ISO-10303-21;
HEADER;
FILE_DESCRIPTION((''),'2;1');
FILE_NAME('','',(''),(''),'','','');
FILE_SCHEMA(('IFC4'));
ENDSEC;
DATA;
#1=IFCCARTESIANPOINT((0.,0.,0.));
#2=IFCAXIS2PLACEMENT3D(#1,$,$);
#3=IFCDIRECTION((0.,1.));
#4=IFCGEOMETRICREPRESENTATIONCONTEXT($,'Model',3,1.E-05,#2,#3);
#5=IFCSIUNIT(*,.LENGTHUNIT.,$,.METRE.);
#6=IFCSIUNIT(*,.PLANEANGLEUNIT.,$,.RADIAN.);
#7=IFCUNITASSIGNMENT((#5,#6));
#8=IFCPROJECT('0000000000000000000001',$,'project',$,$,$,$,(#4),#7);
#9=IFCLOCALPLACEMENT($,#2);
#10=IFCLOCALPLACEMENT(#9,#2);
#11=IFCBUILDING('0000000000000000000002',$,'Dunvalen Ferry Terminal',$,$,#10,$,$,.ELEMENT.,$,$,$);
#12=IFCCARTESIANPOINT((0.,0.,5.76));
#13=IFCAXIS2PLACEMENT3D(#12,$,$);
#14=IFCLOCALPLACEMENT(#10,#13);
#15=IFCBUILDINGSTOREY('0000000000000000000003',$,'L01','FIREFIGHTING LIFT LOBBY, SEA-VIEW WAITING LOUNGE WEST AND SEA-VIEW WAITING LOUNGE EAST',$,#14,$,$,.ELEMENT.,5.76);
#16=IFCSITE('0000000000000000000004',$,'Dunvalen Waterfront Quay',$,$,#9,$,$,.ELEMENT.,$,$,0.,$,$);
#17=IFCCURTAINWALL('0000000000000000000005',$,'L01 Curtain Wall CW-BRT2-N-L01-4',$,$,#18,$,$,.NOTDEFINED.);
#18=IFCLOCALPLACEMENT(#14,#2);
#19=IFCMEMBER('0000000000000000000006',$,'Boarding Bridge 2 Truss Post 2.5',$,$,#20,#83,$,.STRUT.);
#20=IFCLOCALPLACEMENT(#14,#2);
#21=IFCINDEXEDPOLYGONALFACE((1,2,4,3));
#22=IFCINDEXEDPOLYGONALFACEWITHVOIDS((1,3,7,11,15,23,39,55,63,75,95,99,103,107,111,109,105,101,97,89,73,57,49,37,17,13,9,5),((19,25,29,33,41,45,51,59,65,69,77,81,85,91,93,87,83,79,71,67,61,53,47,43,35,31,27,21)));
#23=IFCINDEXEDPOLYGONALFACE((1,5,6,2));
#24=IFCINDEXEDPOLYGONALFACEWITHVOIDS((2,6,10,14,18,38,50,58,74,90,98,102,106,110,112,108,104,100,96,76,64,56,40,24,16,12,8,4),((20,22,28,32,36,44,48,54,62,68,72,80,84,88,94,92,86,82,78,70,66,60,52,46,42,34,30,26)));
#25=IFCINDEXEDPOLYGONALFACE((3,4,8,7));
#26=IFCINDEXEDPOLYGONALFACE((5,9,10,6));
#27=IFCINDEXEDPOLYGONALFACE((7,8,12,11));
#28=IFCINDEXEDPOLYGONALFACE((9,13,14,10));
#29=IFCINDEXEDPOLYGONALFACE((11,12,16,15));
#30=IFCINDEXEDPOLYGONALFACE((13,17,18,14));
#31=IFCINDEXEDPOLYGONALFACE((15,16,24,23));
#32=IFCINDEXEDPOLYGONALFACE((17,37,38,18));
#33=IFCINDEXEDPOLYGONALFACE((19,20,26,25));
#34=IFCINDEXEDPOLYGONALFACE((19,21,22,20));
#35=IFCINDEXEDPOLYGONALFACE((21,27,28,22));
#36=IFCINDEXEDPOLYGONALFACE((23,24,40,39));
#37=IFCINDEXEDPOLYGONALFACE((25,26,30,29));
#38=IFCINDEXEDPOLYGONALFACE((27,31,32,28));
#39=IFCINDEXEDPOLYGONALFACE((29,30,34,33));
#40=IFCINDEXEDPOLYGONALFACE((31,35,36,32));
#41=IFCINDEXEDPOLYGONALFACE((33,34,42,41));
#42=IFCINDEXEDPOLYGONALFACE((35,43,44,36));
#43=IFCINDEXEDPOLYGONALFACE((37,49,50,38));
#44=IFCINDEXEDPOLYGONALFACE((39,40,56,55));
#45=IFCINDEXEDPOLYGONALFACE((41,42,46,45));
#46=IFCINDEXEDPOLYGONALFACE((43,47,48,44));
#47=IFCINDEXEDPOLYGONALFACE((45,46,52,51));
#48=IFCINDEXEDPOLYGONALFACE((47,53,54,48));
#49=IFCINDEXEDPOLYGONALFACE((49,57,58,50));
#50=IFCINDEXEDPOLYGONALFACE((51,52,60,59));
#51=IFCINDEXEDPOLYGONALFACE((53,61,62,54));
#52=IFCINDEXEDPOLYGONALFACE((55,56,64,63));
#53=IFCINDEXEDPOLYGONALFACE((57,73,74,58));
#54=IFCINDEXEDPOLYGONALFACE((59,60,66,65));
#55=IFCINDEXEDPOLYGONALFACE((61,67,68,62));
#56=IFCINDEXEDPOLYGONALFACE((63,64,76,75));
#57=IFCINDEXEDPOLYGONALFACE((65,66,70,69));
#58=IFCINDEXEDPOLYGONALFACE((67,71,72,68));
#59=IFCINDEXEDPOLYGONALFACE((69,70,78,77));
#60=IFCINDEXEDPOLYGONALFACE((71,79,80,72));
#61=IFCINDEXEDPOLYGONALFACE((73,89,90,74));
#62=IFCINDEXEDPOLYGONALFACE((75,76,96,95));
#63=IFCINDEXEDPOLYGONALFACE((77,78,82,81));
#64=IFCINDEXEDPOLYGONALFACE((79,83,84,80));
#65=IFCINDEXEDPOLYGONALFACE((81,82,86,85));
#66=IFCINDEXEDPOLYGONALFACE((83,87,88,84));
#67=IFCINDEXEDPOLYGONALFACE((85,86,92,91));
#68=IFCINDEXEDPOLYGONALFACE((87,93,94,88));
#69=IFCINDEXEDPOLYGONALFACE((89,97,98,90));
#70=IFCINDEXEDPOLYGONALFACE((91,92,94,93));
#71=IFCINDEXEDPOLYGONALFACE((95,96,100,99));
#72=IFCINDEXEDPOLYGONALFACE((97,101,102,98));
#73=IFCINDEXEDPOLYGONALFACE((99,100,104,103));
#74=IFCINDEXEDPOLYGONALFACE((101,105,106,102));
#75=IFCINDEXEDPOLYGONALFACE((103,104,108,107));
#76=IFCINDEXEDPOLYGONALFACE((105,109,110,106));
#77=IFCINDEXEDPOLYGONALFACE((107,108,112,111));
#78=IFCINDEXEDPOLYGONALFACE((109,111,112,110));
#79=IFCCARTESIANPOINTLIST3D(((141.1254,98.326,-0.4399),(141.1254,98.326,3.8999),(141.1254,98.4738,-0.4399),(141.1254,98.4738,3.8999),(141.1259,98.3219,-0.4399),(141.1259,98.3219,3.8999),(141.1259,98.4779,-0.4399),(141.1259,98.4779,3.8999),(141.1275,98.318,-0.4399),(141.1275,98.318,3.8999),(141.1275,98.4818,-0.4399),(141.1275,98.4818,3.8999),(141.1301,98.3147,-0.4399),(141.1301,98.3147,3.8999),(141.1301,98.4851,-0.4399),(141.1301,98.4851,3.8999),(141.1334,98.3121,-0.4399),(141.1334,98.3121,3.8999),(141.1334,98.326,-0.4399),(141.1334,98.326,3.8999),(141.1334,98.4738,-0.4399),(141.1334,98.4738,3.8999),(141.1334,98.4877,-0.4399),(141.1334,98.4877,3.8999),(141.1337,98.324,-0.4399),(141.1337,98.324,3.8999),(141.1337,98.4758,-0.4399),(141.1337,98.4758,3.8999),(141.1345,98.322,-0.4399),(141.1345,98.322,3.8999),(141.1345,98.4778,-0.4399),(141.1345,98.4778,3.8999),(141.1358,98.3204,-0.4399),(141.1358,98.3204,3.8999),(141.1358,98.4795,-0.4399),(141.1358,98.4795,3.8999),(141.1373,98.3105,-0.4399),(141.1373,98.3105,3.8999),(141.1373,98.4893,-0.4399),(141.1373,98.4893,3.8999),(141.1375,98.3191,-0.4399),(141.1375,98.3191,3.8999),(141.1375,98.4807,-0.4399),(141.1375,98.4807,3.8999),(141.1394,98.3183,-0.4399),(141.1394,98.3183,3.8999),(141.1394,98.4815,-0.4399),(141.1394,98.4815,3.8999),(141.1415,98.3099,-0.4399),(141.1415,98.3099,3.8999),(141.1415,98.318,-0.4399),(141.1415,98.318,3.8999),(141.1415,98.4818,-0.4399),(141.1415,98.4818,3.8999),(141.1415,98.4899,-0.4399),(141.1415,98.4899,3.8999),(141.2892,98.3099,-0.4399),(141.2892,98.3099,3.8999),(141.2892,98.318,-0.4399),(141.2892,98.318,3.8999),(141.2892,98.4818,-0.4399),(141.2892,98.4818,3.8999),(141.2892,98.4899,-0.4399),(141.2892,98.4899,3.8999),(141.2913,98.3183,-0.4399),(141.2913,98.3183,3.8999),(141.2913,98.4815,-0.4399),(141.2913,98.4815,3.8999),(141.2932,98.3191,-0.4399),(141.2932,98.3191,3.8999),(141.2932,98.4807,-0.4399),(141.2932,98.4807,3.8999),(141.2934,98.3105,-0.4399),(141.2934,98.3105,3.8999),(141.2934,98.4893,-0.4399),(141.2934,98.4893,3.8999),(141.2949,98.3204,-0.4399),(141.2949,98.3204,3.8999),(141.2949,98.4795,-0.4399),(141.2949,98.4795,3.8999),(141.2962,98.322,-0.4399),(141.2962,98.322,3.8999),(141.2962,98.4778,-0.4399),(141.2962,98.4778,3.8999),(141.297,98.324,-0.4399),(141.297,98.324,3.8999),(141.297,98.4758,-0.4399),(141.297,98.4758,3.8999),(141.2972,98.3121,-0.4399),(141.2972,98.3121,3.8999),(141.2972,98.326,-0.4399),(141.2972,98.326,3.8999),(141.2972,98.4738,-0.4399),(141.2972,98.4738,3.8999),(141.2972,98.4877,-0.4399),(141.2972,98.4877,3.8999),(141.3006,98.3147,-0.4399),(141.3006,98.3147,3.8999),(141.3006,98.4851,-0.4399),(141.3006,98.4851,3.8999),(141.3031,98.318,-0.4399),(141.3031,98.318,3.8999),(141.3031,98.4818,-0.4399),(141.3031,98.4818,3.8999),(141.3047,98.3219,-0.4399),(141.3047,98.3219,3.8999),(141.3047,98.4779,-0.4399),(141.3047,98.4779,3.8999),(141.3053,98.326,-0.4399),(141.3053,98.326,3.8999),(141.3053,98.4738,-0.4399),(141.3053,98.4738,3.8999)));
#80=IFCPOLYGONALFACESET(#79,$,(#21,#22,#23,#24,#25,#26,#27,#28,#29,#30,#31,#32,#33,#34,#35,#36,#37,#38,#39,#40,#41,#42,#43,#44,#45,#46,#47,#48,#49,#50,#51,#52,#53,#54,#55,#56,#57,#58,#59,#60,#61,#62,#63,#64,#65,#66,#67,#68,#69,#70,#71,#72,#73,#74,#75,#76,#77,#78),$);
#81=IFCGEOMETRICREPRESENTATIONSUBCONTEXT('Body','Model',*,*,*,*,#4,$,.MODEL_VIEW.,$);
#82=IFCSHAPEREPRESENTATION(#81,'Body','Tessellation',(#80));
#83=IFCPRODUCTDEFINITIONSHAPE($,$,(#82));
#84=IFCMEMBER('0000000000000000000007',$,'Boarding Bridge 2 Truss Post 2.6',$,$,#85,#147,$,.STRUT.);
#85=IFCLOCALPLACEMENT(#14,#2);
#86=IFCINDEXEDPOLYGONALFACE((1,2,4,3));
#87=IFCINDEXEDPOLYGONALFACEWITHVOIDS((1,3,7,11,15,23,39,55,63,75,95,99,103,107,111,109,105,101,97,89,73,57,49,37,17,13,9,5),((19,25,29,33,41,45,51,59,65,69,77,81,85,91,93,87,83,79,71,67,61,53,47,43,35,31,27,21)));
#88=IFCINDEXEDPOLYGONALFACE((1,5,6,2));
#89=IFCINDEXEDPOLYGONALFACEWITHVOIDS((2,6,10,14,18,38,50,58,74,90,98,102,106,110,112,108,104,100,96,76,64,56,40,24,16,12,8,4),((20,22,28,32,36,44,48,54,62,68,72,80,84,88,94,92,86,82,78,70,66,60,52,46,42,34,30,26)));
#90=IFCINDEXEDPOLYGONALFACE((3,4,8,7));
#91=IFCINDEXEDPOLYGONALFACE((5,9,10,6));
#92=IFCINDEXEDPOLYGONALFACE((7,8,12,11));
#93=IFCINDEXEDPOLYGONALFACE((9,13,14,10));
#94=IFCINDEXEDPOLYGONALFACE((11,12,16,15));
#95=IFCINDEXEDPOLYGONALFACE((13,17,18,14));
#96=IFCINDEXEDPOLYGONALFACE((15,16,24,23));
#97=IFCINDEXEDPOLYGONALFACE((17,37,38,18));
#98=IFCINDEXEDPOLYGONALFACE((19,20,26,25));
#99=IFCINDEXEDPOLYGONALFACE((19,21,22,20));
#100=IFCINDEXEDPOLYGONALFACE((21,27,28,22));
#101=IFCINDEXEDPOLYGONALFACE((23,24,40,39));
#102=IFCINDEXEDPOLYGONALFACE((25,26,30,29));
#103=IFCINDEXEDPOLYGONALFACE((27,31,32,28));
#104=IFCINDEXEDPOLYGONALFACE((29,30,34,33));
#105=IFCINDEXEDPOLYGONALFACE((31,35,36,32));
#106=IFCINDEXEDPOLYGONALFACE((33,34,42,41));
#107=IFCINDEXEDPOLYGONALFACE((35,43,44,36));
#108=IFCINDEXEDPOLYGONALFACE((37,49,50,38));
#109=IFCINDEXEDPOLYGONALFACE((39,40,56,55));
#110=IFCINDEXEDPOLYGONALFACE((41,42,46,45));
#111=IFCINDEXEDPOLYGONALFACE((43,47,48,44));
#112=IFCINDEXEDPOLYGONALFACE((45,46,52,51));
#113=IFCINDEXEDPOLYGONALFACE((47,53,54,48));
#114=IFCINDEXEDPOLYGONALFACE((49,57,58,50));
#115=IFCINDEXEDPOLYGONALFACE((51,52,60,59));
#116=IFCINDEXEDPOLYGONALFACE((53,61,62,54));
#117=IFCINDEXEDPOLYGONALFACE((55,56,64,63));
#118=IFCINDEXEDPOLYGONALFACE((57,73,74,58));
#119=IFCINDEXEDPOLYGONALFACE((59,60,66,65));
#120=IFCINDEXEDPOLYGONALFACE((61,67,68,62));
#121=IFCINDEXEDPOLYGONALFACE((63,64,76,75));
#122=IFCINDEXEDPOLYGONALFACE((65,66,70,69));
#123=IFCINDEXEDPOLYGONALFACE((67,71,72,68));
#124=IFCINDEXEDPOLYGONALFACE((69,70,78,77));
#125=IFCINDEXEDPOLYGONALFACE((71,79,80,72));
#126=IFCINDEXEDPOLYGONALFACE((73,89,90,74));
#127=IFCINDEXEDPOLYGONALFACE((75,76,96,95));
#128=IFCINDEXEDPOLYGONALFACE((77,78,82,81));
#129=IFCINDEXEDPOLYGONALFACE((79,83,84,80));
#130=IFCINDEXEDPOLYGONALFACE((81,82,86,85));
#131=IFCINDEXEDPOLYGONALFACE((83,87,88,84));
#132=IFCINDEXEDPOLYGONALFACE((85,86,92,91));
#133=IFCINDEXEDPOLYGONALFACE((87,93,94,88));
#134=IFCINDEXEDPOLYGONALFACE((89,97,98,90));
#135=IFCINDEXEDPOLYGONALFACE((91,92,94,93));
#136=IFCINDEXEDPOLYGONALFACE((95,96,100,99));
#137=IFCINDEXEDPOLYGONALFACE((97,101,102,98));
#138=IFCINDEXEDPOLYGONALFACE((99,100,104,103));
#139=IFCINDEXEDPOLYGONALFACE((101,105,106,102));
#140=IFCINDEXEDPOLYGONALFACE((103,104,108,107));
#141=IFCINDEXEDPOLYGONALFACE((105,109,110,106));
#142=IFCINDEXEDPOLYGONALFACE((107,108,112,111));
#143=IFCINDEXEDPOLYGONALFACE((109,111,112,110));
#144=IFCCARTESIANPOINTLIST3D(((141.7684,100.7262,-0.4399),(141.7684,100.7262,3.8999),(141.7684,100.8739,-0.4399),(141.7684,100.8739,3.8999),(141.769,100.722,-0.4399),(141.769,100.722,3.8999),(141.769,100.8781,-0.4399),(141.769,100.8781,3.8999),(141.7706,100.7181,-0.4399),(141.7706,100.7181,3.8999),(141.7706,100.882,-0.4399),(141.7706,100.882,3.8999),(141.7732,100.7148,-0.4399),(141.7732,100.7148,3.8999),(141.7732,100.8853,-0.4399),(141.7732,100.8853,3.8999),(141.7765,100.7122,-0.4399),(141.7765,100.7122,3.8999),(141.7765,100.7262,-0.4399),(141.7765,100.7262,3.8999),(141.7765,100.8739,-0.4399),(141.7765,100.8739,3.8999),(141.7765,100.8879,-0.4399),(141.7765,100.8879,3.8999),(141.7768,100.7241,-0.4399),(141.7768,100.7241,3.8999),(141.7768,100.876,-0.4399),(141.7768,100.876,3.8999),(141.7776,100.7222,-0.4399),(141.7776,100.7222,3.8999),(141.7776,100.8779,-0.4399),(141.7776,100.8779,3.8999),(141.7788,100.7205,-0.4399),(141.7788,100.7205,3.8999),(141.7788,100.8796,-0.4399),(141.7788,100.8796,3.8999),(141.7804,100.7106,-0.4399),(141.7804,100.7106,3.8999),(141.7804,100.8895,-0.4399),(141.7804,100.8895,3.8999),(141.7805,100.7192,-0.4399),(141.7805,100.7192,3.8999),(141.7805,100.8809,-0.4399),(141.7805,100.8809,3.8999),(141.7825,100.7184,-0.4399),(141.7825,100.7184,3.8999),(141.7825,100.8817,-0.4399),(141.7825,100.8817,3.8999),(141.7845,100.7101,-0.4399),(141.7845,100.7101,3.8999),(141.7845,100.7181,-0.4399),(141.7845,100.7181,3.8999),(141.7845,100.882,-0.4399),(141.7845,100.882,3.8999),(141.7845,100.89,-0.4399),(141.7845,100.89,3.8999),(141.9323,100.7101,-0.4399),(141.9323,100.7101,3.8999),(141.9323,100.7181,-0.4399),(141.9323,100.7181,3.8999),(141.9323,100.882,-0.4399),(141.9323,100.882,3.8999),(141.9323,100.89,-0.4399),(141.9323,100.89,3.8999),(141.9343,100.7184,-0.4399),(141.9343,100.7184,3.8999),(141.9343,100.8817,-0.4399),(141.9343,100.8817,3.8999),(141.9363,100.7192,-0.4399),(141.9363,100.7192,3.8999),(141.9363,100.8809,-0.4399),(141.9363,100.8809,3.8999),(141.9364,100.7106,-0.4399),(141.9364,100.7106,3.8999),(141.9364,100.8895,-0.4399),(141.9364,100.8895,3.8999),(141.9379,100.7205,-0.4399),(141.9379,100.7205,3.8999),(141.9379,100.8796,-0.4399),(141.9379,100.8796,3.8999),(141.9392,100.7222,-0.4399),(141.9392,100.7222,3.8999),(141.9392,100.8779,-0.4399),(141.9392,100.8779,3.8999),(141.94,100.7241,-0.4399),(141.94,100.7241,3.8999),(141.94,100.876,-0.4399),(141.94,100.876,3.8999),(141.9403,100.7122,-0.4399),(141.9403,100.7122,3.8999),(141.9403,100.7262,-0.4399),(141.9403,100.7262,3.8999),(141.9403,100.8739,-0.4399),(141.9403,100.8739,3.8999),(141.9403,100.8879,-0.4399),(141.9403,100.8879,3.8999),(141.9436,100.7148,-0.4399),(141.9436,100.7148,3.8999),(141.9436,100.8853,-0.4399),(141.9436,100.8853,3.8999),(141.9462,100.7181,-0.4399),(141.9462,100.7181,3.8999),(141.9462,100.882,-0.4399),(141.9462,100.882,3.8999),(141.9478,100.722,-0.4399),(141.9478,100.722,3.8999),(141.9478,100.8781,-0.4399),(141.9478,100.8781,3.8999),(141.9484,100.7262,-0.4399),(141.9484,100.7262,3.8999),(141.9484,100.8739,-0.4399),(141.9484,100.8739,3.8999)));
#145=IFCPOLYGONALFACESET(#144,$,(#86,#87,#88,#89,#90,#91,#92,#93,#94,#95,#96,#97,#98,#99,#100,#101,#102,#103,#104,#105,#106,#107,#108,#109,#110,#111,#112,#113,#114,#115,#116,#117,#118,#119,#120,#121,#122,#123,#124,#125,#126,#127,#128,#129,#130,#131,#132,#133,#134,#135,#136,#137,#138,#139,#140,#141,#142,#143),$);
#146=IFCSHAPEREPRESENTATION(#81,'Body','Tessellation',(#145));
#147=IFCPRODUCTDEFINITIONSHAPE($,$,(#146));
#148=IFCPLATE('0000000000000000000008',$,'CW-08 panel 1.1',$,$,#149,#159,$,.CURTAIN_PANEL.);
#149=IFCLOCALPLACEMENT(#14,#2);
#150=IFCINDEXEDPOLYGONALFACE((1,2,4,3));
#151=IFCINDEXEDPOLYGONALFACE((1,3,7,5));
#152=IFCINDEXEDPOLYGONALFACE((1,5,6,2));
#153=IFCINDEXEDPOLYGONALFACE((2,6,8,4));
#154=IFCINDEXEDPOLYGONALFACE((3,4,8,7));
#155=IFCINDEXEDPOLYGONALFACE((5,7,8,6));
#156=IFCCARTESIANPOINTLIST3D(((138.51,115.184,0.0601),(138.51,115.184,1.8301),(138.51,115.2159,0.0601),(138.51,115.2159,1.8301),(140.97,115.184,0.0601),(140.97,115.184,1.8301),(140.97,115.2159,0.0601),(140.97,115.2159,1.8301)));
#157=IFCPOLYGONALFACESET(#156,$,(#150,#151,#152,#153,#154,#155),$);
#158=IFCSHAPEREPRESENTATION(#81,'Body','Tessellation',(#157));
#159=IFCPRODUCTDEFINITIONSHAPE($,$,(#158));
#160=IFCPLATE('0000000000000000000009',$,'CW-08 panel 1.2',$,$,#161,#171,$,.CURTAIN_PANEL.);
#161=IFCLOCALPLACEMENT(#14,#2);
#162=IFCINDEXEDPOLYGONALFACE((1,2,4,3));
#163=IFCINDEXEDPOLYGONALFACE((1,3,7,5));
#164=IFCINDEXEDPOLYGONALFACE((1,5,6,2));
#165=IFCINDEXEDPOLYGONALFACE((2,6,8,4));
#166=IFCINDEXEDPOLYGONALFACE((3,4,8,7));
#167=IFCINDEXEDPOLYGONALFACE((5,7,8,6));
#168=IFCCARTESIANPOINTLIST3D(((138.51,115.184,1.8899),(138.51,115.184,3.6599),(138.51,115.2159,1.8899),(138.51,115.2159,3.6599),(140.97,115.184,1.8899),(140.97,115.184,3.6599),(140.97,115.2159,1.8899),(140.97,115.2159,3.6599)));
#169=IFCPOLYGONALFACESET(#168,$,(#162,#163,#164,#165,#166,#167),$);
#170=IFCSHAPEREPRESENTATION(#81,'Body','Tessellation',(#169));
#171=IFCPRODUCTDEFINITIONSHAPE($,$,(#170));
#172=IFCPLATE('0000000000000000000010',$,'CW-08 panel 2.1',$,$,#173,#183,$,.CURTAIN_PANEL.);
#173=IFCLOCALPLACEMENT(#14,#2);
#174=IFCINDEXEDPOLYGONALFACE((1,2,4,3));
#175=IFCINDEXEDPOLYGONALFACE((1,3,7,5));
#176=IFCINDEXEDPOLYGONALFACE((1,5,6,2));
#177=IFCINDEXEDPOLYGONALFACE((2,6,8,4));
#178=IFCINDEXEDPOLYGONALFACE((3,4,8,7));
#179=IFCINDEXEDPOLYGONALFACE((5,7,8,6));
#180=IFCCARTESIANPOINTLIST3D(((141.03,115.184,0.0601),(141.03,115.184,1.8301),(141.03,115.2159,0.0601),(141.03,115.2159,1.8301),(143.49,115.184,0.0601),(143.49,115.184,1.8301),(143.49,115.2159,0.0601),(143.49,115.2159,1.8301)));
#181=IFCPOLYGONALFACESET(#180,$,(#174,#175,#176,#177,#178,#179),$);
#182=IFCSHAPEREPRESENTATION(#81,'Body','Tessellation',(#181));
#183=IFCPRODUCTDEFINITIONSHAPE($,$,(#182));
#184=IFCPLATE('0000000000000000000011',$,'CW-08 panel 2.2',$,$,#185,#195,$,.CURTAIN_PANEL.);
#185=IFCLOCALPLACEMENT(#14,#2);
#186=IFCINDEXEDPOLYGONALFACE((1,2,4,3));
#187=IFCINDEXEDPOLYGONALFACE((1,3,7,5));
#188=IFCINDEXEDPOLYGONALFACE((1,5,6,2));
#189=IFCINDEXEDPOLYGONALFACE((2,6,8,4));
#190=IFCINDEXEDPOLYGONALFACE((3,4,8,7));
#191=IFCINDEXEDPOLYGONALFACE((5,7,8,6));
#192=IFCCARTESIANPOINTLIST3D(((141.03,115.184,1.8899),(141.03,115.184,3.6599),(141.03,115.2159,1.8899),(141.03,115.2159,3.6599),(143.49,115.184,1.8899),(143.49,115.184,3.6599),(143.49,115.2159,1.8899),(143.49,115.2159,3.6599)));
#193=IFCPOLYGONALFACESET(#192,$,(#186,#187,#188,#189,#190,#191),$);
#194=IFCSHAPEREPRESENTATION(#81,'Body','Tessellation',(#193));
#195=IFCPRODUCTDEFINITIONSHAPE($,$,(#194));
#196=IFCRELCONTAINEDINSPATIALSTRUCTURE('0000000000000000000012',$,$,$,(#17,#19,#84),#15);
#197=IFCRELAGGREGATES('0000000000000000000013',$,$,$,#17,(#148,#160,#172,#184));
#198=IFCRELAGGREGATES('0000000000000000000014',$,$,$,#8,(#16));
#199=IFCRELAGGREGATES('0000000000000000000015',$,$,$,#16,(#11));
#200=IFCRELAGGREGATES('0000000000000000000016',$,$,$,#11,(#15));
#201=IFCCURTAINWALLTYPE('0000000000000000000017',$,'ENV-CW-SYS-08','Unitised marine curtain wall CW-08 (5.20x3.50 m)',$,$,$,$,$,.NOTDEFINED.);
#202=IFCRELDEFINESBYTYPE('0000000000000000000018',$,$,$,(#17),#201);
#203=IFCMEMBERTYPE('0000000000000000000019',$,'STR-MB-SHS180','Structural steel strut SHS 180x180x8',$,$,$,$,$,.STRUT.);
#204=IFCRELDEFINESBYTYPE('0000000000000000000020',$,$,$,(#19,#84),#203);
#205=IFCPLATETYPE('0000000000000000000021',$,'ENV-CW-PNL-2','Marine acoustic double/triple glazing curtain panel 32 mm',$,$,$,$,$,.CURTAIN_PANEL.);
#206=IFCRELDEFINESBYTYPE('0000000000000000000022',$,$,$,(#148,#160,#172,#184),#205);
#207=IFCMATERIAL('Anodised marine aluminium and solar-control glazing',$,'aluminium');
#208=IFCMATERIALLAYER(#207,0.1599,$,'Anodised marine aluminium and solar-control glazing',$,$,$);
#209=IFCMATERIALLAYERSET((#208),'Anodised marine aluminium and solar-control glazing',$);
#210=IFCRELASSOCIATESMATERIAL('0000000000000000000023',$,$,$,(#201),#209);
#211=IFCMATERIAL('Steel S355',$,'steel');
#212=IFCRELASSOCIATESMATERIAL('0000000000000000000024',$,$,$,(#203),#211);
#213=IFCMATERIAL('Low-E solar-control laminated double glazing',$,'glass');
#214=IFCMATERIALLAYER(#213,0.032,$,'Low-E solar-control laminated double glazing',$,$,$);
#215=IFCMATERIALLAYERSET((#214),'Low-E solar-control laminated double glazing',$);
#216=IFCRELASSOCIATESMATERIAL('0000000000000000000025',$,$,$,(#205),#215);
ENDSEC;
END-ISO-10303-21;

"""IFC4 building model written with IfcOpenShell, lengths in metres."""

from ifc_helpers import new_model, si_unit, direction, frame, origin, origin_2d, place, context, subcontext, project, spatial, rectangle, hollow_rectangle, extrude, material, layer, layer_set, material_profile, profile_set, type_object, element, aggregate, save


model = new_model("IFC4")

# Units and contexts
model_context = context("Model", 3, precision=1e-05, world=origin(), true_north=direction((0.0, 1.0)))
body_context = subcontext(model_context, "Body", "Model", "MODEL_VIEW")
ifc_project = project(units=[si_unit("LENGTHUNIT", "METRE"), si_unit("PLANEANGLEUNIT", "RADIAN")], contexts=[model_context])

# Site, building, storey
site_placement = place(None, origin())
site = spatial("IfcSite", under=ifc_project, at=site_placement, Name="Dunvalen Waterfront Quay", CompositionType="ELEMENT", RefElevation=0.0)
building_placement = place(site_placement, origin())
building = spatial("IfcBuilding", under=site, at=building_placement, Name="Dunvalen Ferry Terminal", CompositionType="ELEMENT")
storey_placement = place(building_placement, frame((0.0, 0.0, 5.76)))
storey = spatial("IfcBuildingStorey", under=building, at=storey_placement, Name="L01", Description="FIREFIGHTING LIFT LOBBY, SEA-VIEW WAITING LOUNGE WEST AND SEA-VIEW WAITING LOUNGE EAST", CompositionType="ELEMENT", Elevation=5.76)

# Curtain wall
ifc_material_1 = material(Name="Anodised marine aluminium and solar-control glazing", Category="aluminium")
ifc_layer_1 = layer(ifc_material_1, 0.1599, Name="Anodised marine aluminium and solar-control glazing")
ifc_layer_set_1 = layer_set([ifc_layer_1], Name="Anodised marine aluminium and solar-control glazing")
curtain_wall_type_1 = type_object("IfcCurtainWallType", Name="ENV-CW-SYS-08", Description="Unitised marine curtain wall CW-08 (5.20x3.50 m)", PredefinedType="NOTDEFINED", material=ifc_layer_set_1)
curtain_wall_1_placement = place(storey_placement, origin())
curtain_wall_1 = element("IfcCurtainWall", 1, at=curtain_wall_1_placement, inside=storey, type_object=curtain_wall_type_1, Name="L01 Curtain Wall CW-BRT2-N-L01-4", PredefinedType="NOTDEFINED")

# Members
ifc_material_2 = material(Name="Steel S355", Category="steel")
ifc_material_profile_1 = material_profile(ifc_material_2, hollow_rectangle(XDim=0.1799, YDim=0.1799, WallThickness=0.0081, InnerFilletRadius=0.0081, OuterFilletRadius=0.0161, at=origin_2d()), Name="Steel S355")
ifc_profile_set_1 = profile_set([ifc_material_profile_1], Name="Steel S355")
member_type_1 = type_object("IfcMemberType", Name="STR-MB-SHS180", Description="Structural steel strut SHS 180x180x8", PredefinedType="STRUT", material=ifc_profile_set_1)
for number, where, z_axis, x_axis, name in (
    (2, (141.2153, 98.3999, -0.4399), (0.0, 0.0, 1.0), (1.0, 0.0, 0.0), "Boarding Bridge 2 Truss Post 2.5"),
    (3, (141.8584, 100.8, -0.4399), (0.0, 0.0, 1.0), (1.0, 0.0, 0.0), "Boarding Bridge 2 Truss Post 2.6"),
):
    element("IfcMember", number, at=place(storey_placement, frame(where, z_axis=z_axis, x_axis=x_axis)), inside=storey, type_object=member_type_1, Name=name, PredefinedType="STRUT", context=body_context, shape_type="SweptSolid", body=[
        extrude(hollow_rectangle(XDim=0.1799, YDim=0.1799, WallThickness=0.0081, InnerFilletRadius=0.0081, OuterFilletRadius=0.0161, at=origin_2d()), origin(), (0.0, 0.0, 1.0), 4.3398),
    ])

# Plates
ifc_material_3 = material(Name="Low-E solar-control laminated double glazing", Category="glass")
ifc_layer_2 = layer(ifc_material_3, 0.032, Name="Low-E solar-control laminated double glazing")
ifc_layer_set_2 = layer_set([ifc_layer_2], Name="Low-E solar-control laminated double glazing")
plate_type_1 = type_object("IfcPlateType", Name="ENV-CW-PNL-2", Description="Marine acoustic double/triple glazing curtain panel 32 mm", PredefinedType="CURTAIN_PANEL", material=ifc_layer_set_2)
plate_1_placement = place(storey_placement, frame((139.74, 115.2, 0.0601), z_axis=(0.0, 0.0, 1.0), x_axis=(1.0, 0.0, 0.0)))
plate_1 = element("IfcPlate", 4, at=plate_1_placement, type_object=plate_type_1, Name="CW-08 panel 1.1", PredefinedType="CURTAIN_PANEL", context=body_context, shape_type="SweptSolid", body=[
    extrude(rectangle(XDim=2.46, YDim=0.032, at=origin_2d()), origin(), (0.0, 0.0, 1.0), 1.77),
])
plate_2_placement = place(storey_placement, frame((139.74, 115.2, 1.8899), z_axis=(0.0, 0.0, 1.0), x_axis=(1.0, 0.0, 0.0)))
plate_2 = element("IfcPlate", 5, at=plate_2_placement, type_object=plate_type_1, Name="CW-08 panel 1.2", PredefinedType="CURTAIN_PANEL", context=body_context, shape_type="SweptSolid", body=[
    extrude(rectangle(XDim=2.46, YDim=0.032, at=origin_2d()), origin(), (0.0, 0.0, 1.0), 1.77),
])
plate_3_placement = place(storey_placement, frame((142.26, 115.2, 0.0601), z_axis=(0.0, 0.0, 1.0), x_axis=(1.0, 0.0, 0.0)))
plate_3 = element("IfcPlate", 6, at=plate_3_placement, type_object=plate_type_1, Name="CW-08 panel 2.1", PredefinedType="CURTAIN_PANEL", context=body_context, shape_type="SweptSolid", body=[
    extrude(rectangle(XDim=2.46, YDim=0.032, at=origin_2d()), origin(), (0.0, 0.0, 1.0), 1.77),
])
plate_4_placement = place(storey_placement, frame((142.26, 115.2, 1.8899), z_axis=(0.0, 0.0, 1.0), x_axis=(1.0, 0.0, 0.0)))
plate_4 = element("IfcPlate", 7, at=plate_4_placement, type_object=plate_type_1, Name="CW-08 panel 2.2", PredefinedType="CURTAIN_PANEL", context=body_context, shape_type="SweptSolid", body=[
    extrude(rectangle(XDim=2.46, YDim=0.032, at=origin_2d()), origin(), (0.0, 0.0, 1.0), 1.77),
])
aggregate(curtain_wall_1, [plate_1, plate_2, plate_3, plate_4])

save(model, "model.ifc")
